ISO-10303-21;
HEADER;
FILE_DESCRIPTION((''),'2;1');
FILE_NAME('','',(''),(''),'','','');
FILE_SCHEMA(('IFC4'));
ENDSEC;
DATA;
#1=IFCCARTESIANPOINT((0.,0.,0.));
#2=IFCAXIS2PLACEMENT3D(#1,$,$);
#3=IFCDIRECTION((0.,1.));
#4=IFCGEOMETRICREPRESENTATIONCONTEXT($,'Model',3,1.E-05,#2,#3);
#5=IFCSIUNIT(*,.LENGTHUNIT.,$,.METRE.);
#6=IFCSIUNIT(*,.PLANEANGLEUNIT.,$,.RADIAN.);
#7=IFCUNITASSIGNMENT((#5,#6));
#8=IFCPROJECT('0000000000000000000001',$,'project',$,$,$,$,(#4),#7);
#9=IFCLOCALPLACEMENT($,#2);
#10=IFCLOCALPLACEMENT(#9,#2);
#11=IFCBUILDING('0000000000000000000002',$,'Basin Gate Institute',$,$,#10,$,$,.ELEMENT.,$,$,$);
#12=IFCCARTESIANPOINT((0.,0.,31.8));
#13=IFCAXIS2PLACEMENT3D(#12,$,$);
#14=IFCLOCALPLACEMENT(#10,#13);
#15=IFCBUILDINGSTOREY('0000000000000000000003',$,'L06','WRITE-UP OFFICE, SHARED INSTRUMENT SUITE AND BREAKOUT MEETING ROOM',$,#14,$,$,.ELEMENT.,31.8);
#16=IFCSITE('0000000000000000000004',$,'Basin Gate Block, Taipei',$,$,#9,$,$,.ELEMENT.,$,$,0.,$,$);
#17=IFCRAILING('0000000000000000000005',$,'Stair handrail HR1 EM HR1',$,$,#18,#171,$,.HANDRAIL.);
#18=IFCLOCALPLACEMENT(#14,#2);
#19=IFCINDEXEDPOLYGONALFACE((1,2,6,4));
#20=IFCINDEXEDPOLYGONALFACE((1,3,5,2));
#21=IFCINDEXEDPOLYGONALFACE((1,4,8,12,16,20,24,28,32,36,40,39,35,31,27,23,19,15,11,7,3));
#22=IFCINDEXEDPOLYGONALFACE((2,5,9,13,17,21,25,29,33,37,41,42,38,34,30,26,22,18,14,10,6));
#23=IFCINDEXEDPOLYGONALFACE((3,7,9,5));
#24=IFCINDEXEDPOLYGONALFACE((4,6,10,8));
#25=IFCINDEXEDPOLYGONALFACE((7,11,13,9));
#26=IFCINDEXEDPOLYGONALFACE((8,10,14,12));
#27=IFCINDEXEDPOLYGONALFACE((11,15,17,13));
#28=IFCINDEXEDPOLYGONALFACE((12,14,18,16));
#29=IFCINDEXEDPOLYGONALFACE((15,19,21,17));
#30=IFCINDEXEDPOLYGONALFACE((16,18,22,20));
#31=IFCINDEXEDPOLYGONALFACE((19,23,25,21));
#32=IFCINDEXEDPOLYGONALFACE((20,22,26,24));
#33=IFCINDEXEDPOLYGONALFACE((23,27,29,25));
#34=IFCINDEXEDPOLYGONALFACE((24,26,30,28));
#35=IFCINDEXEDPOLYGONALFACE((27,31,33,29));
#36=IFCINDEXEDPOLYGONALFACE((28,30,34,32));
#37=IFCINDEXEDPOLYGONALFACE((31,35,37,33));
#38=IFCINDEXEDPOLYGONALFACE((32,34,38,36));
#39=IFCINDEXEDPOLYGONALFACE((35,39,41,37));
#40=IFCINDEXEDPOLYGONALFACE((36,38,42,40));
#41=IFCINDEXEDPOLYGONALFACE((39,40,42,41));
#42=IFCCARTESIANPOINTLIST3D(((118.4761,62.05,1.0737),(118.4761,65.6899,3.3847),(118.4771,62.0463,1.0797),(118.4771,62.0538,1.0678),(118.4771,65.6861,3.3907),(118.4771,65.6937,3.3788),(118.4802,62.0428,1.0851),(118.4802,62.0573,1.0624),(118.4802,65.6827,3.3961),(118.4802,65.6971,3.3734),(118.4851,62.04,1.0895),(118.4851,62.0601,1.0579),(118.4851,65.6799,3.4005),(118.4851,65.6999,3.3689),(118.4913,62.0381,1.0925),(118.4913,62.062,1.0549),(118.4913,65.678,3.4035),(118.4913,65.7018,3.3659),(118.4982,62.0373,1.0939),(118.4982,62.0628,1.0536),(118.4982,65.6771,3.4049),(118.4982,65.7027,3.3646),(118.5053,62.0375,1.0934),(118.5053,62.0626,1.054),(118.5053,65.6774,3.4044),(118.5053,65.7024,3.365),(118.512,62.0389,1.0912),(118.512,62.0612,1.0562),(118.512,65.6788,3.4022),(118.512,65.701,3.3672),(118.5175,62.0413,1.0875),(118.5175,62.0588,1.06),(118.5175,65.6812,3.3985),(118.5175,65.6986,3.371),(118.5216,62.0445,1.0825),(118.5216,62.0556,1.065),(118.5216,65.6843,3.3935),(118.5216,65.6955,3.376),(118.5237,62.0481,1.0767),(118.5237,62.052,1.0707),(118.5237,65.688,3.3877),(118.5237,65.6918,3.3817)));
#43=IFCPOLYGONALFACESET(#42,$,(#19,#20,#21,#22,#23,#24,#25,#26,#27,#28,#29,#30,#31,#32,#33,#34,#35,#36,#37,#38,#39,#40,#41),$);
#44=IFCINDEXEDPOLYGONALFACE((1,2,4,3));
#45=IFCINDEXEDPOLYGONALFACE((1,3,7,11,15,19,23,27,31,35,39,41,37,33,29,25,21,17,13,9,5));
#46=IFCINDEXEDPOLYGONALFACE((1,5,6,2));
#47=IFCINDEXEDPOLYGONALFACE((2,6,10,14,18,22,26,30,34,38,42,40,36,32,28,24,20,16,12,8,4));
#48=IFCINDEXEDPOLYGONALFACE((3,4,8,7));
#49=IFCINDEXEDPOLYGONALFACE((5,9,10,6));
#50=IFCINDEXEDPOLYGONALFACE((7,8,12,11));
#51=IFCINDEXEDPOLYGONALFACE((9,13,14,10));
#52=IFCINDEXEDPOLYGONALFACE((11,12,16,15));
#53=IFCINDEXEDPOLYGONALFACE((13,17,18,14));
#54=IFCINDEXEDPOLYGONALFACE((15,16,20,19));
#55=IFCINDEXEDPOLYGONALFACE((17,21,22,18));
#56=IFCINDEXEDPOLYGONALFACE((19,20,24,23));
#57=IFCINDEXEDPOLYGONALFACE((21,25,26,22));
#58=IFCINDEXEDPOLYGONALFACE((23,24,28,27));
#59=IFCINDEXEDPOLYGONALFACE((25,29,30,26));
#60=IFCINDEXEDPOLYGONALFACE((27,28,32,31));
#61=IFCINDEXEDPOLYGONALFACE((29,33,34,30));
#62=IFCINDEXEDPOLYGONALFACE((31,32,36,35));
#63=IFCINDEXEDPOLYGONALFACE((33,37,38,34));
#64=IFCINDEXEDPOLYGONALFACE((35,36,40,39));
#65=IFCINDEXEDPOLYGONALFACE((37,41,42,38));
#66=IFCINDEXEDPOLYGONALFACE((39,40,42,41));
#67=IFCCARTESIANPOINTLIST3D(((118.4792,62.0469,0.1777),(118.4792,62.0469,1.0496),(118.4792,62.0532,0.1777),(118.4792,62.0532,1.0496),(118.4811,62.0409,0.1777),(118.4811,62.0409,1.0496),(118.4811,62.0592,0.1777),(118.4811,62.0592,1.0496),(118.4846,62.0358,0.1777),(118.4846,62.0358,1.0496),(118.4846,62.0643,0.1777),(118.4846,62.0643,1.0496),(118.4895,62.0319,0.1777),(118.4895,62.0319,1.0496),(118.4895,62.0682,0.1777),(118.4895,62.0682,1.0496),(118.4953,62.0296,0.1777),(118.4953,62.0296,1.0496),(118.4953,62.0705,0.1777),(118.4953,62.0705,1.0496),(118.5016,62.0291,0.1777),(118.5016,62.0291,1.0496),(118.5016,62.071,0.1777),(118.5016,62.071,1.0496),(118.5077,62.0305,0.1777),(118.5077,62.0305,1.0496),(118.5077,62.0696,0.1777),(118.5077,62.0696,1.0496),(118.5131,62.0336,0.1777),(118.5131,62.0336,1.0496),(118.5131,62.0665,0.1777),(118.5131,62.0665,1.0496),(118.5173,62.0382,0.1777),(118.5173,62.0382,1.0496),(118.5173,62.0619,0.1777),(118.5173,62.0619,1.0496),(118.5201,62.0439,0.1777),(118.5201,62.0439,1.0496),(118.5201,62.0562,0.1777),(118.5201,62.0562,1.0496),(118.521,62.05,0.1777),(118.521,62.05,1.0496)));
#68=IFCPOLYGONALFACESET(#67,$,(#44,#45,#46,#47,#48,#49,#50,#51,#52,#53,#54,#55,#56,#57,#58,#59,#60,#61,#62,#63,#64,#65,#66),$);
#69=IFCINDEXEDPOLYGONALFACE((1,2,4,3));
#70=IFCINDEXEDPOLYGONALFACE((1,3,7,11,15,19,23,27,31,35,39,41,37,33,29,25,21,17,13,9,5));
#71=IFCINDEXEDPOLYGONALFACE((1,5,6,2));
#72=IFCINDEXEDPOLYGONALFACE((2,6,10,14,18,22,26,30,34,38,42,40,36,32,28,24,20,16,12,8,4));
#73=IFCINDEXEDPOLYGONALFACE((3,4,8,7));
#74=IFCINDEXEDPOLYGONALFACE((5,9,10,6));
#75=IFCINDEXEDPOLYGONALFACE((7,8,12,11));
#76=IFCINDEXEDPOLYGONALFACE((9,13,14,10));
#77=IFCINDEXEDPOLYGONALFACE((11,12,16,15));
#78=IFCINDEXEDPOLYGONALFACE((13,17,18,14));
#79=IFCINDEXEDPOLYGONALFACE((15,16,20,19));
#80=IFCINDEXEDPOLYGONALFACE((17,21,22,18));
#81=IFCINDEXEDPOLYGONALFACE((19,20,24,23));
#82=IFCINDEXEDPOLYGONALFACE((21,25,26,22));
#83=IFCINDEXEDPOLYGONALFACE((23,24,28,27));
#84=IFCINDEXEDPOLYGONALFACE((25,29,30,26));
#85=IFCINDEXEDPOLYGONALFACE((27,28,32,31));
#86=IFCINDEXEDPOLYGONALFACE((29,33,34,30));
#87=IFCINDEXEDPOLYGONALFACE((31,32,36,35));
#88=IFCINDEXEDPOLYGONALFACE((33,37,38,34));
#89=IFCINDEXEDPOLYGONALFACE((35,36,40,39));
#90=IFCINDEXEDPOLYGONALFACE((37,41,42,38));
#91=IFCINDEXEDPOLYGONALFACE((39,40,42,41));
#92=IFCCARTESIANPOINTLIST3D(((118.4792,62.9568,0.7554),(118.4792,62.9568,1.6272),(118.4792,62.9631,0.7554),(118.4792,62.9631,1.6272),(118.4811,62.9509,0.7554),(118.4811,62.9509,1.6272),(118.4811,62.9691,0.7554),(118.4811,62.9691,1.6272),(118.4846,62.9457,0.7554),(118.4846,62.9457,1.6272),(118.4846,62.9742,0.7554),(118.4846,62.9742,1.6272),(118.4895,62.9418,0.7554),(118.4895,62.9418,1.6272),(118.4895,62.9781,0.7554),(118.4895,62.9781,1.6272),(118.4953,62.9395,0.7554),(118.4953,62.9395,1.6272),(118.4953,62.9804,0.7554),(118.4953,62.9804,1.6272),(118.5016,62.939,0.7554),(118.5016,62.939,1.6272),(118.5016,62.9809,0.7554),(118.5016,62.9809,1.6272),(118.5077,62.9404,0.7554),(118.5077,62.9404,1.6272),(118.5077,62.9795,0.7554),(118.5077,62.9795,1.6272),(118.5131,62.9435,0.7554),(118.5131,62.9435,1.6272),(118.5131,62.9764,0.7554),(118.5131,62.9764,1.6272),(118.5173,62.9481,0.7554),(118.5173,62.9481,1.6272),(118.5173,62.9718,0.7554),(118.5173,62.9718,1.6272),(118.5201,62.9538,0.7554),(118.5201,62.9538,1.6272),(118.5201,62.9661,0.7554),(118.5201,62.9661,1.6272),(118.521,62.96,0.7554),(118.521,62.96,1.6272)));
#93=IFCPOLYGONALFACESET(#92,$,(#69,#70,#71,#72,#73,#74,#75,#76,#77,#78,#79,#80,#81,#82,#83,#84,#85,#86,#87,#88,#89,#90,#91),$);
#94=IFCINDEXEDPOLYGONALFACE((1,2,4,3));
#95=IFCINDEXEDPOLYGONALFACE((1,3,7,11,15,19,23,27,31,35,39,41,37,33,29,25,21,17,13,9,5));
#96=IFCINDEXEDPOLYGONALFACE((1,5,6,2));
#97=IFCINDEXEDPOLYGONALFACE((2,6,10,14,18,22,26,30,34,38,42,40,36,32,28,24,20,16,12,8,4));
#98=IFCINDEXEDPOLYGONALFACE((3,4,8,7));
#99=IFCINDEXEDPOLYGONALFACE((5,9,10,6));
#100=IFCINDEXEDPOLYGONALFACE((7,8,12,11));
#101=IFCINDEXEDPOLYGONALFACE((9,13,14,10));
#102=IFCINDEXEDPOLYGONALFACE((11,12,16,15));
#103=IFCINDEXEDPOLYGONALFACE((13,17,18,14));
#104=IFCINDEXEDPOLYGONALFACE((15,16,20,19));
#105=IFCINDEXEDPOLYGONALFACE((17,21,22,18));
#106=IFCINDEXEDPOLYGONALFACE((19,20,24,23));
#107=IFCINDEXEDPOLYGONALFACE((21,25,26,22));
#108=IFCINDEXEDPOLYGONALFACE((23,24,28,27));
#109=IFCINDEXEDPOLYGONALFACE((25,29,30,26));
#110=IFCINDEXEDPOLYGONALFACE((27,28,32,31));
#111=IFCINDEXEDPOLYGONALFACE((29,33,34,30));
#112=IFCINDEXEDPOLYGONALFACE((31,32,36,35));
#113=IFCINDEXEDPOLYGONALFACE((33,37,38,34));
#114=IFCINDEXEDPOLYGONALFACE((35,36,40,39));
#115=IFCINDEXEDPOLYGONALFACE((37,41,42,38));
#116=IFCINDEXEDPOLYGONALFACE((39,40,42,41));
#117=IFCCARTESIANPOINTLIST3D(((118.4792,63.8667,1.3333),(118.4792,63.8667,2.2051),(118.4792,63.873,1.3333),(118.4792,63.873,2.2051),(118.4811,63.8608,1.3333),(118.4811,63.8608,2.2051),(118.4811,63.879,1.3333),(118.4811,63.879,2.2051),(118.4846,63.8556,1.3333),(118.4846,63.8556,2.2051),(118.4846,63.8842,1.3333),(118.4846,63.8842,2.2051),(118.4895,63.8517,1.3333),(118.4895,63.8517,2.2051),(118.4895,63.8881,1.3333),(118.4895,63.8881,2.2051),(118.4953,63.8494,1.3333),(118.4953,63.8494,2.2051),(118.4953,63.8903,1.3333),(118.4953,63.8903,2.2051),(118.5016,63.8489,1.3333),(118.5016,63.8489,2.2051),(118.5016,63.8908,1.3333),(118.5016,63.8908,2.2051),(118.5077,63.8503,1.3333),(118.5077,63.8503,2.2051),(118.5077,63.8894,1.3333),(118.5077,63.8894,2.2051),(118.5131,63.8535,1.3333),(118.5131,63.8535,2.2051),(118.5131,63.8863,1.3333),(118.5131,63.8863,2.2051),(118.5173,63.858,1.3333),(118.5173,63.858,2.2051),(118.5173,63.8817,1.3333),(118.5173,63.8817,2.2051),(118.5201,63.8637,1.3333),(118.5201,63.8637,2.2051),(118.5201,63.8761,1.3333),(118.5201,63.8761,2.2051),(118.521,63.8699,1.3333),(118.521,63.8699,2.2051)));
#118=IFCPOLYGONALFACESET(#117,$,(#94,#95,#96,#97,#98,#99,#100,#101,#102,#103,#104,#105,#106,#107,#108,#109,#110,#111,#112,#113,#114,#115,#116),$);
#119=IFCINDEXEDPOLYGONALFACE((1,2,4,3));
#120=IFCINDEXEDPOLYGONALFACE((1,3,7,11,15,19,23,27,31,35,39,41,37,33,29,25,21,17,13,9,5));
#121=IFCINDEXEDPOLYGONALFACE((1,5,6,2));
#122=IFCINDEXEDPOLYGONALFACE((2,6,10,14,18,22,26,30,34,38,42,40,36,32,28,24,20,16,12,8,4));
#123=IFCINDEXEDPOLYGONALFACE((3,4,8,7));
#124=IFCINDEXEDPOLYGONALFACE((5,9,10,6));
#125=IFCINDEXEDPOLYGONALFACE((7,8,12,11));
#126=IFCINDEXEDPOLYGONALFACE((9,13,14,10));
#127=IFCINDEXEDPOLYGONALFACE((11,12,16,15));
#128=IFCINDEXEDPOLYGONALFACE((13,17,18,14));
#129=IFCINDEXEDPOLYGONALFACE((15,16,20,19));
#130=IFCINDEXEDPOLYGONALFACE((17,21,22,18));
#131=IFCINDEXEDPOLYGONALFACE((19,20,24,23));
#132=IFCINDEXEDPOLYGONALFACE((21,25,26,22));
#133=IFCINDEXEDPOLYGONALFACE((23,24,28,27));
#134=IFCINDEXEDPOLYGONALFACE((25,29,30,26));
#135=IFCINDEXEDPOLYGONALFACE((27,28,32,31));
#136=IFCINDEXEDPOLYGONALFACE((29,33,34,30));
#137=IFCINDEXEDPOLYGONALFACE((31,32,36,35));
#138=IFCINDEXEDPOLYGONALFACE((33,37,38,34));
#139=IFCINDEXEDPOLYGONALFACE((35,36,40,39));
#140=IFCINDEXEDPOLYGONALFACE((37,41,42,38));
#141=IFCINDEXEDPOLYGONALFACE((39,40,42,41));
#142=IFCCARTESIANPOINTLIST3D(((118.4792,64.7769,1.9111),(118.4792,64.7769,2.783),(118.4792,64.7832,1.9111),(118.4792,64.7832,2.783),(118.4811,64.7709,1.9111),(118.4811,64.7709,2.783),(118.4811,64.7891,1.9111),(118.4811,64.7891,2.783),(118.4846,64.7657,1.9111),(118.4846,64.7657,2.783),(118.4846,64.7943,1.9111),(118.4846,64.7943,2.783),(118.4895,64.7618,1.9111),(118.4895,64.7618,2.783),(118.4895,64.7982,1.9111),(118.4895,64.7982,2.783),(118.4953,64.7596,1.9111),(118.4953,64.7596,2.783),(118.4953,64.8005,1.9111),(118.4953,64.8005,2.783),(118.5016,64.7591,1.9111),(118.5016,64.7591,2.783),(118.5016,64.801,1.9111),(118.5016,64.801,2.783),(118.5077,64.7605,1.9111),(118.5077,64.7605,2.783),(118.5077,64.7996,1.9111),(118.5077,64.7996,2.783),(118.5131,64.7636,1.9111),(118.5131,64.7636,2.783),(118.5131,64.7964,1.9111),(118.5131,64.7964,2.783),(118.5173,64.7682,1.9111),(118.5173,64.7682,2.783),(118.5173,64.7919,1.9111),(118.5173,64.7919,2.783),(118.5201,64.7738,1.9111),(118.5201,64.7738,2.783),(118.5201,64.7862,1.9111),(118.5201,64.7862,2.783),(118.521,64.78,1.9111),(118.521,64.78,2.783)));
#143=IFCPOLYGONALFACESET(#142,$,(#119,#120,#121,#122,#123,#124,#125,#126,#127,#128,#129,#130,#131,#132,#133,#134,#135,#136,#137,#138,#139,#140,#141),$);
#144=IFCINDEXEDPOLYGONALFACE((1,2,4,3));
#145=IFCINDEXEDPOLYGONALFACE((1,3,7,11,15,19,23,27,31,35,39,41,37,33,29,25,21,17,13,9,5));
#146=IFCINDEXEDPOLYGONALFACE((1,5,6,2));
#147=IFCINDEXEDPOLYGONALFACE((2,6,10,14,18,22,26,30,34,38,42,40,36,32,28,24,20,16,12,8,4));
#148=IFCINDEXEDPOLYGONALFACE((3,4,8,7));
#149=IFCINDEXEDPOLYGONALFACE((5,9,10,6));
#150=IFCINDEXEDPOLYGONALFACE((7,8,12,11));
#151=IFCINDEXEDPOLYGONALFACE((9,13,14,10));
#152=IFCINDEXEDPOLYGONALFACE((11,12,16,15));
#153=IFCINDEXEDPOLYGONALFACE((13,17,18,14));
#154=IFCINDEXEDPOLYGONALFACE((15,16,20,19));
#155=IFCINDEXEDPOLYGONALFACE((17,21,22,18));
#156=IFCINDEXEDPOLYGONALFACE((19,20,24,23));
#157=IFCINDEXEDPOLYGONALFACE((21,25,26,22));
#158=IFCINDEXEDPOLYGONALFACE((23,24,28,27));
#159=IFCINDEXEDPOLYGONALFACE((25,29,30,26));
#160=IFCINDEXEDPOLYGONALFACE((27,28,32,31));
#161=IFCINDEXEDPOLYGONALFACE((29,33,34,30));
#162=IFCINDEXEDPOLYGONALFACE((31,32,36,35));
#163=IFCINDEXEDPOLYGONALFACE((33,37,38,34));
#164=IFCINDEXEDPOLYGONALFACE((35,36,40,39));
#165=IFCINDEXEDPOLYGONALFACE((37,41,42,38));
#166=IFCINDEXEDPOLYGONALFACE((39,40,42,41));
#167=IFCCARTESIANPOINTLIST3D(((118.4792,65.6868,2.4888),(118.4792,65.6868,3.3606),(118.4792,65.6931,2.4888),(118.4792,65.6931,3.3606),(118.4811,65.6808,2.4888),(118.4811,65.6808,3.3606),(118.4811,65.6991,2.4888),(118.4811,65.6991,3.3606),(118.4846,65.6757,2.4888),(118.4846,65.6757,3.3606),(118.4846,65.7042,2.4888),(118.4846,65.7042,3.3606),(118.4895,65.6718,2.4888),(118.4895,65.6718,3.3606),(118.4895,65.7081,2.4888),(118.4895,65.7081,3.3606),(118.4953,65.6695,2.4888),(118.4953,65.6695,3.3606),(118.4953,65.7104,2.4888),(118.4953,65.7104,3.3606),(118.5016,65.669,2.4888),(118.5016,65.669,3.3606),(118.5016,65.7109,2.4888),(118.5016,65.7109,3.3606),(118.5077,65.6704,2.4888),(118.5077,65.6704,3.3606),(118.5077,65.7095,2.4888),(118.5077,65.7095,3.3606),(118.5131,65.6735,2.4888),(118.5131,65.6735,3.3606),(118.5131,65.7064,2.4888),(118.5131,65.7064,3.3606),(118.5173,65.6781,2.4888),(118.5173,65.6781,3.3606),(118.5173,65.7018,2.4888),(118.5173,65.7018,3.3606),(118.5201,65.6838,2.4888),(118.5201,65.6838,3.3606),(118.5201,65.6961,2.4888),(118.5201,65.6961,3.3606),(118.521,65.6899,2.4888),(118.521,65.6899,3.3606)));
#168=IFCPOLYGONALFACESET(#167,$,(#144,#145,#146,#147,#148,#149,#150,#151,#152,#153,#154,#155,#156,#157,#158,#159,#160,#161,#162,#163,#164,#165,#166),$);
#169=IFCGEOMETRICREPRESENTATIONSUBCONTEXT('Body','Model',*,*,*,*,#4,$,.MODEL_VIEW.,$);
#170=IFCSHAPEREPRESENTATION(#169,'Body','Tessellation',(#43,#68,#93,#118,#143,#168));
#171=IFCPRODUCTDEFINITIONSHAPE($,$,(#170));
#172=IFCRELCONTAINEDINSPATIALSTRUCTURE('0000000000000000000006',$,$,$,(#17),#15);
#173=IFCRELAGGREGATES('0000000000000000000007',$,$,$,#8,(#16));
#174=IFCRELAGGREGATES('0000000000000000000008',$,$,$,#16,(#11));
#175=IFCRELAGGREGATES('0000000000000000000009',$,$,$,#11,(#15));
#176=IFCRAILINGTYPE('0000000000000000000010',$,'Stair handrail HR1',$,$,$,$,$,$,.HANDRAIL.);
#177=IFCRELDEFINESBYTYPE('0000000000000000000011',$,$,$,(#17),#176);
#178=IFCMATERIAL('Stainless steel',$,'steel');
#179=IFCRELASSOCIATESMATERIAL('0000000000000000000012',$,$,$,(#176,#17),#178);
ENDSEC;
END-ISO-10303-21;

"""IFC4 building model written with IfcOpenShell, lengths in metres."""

from ifc_helpers import new_model, si_unit, direction, frame, origin, origin_2d, place, context, subcontext, project, spatial, circle, extrude, material, type_object, element, save


model = new_model("IFC4")

# Units and contexts
model_context = context("Model", 3, precision=1e-05, world=origin(), true_north=direction((0.0, 1.0)))
body_context = subcontext(model_context, "Body", "Model", "MODEL_VIEW")
ifc_project = project(units=[si_unit("LENGTHUNIT", "METRE"), si_unit("PLANEANGLEUNIT", "RADIAN")], contexts=[model_context])

# Site, building, storey
site_placement = place(None, origin())
site = spatial("IfcSite", under=ifc_project, at=site_placement, Name="Basin Gate Block, Taipei", CompositionType="ELEMENT", RefElevation=0.0)
building_placement = place(site_placement, origin())
building = spatial("IfcBuilding", under=site, at=building_placement, Name="Basin Gate Institute", CompositionType="ELEMENT")
storey_placement = place(building_placement, frame((0.0, 0.0, 31.8)))
storey = spatial("IfcBuildingStorey", under=building, at=storey_placement, Name="L06", Description="WRITE-UP OFFICE, SHARED INSTRUMENT SUITE AND BREAKOUT MEETING ROOM", CompositionType="ELEMENT", Elevation=31.8)

# Railing
ifc_material_1 = material(Name="Stainless steel", Category="steel")
railing_type_1 = type_object("IfcRailingType", Name="Stair handrail HR1", PredefinedType="HANDRAIL", material=ifc_material_1)
for number, where, name in (
    (1, (118.5, 62.05, 0.1777), "Stair handrail HR1 EM HR1"),
):
    element("IfcRailing", number, at=place(storey_placement, frame(where)), inside=storey, type_object=railing_type_1, material=ifc_material_1, Name=name, PredefinedType="HANDRAIL", context=body_context, shape_type="SweptSolid", body=[
        extrude(circle(Radius=0.0239, at=origin_2d()), frame((0.0, 0.0, 0.896), z_axis=(0.0, 0.844214, 0.536007), x_axis=(-1.0, 0.0, 0.0)), (0.0, 0.0, 1.0), 4.3115),
        extrude(circle(Radius=0.021, at=origin_2d()), origin(), (0.0, 0.0, 1.0), 0.8718),
        extrude(circle(Radius=0.021, at=origin_2d()), frame((0.0, 0.9099, 0.5776)), (0.0, 0.0, 1.0), 0.8718),
        extrude(circle(Radius=0.021, at=origin_2d()), frame((0.0, 1.8198, 1.1555)), (0.0, 0.0, 1.0), 0.8718),
        extrude(circle(Radius=0.021, at=origin_2d()), frame((0.0, 2.73, 1.7334)), (0.0, 0.0, 1.0), 0.8718),
        extrude(circle(Radius=0.021, at=origin_2d()), frame((0.0, 3.6399, 2.311)), (0.0, 0.0, 1.0), 0.8718),
    ])

save(model, "model.ifc")
